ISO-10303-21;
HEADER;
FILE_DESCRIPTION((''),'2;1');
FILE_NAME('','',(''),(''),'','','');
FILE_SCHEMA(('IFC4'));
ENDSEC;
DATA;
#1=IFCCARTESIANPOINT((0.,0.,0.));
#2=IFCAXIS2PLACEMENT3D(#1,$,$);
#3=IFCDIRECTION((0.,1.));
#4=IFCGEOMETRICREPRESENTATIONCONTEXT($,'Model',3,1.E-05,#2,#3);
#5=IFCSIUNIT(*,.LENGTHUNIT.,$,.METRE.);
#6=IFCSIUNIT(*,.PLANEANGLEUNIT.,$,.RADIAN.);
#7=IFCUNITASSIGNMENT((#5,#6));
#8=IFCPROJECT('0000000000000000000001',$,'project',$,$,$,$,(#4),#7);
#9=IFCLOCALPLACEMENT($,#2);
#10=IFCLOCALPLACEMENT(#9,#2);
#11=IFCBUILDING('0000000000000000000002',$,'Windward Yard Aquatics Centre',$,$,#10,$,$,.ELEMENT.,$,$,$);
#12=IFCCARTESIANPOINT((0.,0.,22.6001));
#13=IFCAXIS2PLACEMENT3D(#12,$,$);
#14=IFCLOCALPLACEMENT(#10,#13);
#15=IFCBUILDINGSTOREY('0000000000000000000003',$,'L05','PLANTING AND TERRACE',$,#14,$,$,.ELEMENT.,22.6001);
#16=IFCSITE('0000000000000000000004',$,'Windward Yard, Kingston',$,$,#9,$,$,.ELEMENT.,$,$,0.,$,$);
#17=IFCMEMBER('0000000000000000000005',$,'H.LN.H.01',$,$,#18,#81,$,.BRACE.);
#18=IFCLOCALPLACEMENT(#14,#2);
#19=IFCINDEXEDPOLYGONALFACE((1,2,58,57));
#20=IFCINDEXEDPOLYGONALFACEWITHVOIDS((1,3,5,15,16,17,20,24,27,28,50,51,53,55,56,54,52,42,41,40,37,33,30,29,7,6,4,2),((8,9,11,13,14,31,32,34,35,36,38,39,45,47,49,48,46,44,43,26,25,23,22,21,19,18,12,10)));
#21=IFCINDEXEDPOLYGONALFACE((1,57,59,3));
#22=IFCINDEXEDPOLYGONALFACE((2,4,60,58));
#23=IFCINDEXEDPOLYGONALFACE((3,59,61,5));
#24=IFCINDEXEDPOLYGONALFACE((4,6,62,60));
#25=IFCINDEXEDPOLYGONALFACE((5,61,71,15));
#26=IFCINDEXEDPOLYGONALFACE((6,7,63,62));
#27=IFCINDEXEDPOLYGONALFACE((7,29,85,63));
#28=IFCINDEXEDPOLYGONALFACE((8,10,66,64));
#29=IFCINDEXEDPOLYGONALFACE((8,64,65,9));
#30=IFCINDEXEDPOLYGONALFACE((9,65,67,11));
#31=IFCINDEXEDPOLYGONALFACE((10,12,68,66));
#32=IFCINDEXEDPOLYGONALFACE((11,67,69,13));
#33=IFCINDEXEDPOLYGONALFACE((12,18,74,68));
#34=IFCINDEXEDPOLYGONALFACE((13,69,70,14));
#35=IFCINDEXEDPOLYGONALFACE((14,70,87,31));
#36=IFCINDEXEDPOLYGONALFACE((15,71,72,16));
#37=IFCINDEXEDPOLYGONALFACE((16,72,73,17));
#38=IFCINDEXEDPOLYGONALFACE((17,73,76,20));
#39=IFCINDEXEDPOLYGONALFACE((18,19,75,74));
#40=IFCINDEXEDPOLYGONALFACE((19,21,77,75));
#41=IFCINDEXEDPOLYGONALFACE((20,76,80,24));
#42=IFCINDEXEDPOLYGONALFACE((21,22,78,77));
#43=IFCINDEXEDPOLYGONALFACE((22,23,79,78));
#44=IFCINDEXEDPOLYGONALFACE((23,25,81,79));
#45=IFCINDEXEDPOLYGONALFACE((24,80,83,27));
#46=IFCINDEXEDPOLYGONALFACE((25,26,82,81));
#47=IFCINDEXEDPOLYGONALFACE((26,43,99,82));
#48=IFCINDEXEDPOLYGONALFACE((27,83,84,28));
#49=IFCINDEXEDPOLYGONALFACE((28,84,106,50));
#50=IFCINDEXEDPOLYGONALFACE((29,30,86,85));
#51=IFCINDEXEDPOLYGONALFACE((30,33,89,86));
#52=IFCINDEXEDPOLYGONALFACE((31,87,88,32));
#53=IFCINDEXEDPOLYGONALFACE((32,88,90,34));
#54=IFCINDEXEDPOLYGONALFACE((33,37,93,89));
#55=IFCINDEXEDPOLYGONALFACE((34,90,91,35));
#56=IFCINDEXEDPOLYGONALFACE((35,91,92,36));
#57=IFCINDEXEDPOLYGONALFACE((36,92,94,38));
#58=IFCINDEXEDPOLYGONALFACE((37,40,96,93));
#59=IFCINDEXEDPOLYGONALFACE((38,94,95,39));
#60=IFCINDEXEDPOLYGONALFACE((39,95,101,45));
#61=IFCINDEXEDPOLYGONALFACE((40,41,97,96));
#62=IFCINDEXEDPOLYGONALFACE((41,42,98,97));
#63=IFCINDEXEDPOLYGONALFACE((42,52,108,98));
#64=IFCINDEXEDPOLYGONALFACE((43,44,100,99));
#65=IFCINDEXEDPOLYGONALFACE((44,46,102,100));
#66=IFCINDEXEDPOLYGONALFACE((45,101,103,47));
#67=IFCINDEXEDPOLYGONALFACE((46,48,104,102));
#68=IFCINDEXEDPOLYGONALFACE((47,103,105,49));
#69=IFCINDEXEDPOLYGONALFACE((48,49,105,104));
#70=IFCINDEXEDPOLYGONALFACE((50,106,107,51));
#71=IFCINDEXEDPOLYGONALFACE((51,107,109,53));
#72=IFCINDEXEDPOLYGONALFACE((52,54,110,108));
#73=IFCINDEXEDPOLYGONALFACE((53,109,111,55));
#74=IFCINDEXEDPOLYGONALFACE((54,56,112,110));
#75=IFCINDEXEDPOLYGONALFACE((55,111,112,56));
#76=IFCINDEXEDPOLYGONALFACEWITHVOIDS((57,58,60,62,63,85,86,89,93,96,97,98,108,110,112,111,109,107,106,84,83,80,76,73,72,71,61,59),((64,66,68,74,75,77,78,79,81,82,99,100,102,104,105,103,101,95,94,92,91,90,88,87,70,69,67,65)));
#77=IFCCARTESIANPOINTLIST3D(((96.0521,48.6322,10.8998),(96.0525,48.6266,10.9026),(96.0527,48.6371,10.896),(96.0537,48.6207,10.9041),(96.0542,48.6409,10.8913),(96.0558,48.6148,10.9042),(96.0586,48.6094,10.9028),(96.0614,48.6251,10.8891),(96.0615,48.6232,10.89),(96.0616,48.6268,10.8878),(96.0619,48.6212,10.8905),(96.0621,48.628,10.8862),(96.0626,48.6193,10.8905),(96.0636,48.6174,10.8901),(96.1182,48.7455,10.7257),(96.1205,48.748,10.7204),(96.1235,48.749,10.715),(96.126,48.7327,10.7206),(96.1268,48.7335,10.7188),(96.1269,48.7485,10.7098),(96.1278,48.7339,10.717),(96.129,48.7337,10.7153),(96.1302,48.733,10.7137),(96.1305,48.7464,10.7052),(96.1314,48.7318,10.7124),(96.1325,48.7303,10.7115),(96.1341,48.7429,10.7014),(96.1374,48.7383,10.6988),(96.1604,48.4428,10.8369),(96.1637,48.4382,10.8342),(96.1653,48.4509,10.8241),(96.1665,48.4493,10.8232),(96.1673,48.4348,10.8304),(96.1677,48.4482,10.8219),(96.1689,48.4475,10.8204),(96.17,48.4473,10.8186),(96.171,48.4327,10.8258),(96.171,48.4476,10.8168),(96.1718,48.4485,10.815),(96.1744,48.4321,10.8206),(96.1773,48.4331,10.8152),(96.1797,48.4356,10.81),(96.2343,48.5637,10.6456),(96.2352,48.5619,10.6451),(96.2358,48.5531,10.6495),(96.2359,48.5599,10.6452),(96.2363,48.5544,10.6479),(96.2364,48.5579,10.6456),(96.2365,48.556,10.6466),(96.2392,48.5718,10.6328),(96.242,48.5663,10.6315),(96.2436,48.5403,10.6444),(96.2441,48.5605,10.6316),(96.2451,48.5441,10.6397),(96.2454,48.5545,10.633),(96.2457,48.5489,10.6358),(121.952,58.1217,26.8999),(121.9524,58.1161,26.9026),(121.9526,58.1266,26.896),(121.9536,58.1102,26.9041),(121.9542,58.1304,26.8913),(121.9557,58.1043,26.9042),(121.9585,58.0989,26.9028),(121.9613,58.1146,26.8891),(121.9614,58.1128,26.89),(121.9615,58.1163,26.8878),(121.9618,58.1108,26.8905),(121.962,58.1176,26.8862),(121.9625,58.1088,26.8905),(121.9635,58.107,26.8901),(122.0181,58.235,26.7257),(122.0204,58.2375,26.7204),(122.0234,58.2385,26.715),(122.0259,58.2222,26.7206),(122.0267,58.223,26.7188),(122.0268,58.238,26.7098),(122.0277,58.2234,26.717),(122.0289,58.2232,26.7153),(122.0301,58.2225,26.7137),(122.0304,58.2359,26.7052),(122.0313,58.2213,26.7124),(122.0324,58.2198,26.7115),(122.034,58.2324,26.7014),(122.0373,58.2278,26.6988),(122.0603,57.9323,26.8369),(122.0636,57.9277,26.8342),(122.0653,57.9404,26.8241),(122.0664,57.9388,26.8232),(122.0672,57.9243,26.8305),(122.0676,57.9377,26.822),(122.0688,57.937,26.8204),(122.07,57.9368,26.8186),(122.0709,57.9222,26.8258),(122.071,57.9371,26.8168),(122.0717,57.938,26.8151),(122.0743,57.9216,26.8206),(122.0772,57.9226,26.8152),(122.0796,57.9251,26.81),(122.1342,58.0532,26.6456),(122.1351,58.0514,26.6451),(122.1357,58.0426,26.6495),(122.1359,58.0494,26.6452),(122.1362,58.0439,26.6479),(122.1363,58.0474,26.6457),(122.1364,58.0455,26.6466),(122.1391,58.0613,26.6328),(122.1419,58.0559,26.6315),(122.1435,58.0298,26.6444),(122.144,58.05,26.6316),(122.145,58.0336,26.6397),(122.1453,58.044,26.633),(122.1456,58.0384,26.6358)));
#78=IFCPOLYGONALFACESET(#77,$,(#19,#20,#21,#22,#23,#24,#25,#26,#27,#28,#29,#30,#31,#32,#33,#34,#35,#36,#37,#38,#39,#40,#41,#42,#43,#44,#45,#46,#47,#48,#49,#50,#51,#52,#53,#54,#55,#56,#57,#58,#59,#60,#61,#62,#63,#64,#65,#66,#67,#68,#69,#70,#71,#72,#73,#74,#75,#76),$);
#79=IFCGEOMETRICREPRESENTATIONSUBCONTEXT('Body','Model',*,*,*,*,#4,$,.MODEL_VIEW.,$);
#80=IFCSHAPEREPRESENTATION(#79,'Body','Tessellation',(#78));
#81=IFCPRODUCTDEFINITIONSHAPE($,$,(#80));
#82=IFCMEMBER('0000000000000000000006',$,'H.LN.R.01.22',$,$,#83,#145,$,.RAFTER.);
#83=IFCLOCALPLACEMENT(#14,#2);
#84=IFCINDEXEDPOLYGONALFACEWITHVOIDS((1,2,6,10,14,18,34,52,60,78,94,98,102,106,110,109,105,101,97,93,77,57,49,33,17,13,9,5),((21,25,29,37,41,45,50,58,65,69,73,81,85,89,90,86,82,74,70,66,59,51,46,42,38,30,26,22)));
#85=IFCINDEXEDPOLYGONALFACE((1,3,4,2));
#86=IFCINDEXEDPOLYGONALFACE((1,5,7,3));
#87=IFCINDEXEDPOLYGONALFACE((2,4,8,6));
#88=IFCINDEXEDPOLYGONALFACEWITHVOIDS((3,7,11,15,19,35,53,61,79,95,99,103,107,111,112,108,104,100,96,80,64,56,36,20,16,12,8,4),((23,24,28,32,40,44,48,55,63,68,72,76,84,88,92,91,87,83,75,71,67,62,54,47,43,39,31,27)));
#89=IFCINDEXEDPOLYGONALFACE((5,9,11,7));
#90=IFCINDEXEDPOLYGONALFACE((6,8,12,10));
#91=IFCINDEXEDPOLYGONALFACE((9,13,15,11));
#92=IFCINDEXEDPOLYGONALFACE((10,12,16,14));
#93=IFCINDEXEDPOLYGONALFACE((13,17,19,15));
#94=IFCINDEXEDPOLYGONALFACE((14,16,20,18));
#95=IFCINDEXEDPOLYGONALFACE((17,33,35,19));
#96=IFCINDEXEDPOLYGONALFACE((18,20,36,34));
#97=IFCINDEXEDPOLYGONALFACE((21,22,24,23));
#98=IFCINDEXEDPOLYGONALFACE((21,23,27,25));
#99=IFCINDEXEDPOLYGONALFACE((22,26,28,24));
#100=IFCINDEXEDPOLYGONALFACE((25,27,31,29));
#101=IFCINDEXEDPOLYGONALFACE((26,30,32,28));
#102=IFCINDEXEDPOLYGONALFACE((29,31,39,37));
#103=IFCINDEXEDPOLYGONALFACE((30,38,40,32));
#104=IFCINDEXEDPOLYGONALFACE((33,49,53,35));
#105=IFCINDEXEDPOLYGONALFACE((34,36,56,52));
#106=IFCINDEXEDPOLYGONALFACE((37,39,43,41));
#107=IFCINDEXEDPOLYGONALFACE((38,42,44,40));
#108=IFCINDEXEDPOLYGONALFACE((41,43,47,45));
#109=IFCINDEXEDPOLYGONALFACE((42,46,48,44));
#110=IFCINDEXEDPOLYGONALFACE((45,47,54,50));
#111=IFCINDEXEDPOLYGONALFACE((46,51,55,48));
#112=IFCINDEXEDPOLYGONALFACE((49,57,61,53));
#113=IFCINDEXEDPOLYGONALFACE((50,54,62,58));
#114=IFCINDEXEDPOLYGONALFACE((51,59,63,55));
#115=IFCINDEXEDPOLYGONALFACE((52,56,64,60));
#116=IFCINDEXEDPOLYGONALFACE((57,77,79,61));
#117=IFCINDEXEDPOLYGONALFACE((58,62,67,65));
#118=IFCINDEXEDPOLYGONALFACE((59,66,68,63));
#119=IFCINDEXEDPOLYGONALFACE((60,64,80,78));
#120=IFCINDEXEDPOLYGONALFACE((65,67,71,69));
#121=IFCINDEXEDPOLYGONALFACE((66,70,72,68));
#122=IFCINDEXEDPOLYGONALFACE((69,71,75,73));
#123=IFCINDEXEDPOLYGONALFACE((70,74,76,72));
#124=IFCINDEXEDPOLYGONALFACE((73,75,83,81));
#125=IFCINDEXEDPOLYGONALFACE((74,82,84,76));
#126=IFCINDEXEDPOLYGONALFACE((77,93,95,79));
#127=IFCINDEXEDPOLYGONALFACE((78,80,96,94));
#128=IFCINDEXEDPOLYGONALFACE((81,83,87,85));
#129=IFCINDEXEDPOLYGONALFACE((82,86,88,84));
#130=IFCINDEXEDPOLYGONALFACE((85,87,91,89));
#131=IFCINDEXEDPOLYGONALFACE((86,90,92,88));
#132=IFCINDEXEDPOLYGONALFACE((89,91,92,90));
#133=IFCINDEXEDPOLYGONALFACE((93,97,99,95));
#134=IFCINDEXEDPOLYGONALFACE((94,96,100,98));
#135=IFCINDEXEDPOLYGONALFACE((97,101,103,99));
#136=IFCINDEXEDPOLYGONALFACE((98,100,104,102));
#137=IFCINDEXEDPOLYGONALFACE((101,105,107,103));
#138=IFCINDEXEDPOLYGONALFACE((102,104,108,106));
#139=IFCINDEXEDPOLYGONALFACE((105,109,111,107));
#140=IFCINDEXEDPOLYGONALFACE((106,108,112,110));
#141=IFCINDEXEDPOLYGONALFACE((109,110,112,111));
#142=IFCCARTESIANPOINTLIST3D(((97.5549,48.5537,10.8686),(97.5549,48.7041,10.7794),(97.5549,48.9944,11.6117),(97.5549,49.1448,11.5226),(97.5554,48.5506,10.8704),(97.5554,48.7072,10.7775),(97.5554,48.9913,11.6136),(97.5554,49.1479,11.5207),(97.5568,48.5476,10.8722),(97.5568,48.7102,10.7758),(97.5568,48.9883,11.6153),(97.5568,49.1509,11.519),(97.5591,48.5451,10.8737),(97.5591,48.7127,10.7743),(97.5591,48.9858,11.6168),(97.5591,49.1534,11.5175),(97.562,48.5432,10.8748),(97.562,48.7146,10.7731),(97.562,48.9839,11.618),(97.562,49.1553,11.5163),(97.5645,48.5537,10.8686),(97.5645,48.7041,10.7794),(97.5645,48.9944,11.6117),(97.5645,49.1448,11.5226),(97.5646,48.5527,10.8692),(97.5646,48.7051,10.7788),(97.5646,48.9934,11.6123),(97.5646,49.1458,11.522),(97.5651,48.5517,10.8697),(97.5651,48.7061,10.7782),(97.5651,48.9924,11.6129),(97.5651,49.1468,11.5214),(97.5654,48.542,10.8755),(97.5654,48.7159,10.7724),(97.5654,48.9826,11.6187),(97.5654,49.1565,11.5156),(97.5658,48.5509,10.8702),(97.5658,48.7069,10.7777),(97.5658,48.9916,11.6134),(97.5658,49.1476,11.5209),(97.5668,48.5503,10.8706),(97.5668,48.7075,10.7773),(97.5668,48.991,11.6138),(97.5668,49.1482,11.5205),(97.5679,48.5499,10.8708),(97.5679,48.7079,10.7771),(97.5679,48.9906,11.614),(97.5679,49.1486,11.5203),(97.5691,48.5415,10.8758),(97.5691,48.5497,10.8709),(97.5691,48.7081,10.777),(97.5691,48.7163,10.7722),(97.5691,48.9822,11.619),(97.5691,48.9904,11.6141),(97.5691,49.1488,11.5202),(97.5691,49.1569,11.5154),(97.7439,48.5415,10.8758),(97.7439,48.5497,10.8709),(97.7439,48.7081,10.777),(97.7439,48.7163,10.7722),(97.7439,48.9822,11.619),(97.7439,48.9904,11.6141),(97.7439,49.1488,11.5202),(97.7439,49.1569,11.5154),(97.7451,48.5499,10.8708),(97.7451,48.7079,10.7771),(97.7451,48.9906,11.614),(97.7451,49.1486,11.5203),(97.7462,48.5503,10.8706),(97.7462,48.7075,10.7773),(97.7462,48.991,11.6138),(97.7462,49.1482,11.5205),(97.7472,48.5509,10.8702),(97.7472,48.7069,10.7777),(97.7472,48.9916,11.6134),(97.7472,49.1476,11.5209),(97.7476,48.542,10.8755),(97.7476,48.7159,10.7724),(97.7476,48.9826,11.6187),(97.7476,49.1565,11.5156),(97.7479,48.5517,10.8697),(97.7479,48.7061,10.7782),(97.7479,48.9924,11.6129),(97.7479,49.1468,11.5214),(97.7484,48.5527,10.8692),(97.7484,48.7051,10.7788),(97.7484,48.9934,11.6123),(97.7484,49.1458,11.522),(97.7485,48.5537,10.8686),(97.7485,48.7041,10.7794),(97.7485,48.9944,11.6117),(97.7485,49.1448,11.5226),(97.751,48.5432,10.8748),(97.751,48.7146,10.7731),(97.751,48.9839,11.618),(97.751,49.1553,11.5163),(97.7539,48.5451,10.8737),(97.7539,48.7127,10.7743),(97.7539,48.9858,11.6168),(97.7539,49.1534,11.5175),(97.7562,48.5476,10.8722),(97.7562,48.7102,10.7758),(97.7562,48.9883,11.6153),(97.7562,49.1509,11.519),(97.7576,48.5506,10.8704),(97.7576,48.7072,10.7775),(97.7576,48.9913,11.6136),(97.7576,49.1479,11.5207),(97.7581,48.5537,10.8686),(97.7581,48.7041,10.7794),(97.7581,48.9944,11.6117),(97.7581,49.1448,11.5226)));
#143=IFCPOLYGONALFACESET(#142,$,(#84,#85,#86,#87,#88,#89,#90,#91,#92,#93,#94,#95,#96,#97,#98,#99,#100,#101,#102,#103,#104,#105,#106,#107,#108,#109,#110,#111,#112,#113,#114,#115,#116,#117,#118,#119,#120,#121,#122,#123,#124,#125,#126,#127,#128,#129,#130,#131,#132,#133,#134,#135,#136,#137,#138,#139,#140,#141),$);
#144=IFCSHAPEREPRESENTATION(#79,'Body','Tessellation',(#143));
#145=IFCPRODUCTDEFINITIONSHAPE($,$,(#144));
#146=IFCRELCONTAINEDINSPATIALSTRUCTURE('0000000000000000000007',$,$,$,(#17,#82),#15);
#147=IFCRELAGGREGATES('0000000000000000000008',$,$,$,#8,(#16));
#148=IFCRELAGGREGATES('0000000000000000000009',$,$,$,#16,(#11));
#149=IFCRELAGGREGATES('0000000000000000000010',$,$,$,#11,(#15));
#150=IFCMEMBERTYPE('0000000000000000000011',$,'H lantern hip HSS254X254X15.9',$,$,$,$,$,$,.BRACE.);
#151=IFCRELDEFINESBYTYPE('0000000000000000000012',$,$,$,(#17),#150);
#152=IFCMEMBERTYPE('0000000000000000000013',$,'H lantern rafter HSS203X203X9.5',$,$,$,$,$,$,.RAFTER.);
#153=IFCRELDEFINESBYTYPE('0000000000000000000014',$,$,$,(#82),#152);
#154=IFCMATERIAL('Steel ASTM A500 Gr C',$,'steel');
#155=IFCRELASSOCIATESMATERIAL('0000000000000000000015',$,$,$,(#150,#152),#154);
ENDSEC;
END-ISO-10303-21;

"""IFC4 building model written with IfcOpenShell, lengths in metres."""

from ifc_helpers import new_model, si_unit, direction, frame, origin, origin_2d, place, context, subcontext, project, spatial, hollow_rectangle, extrude, material, material_profile, profile_set, type_object, element, save


model = new_model("IFC4")

# Units and contexts
model_context = context("Model", 3, precision=1e-05, world=origin(), true_north=direction((0.0, 1.0)))
body_context = subcontext(model_context, "Body", "Model", "MODEL_VIEW")
ifc_project = project(units=[si_unit("LENGTHUNIT", "METRE"), si_unit("PLANEANGLEUNIT", "RADIAN")], contexts=[model_context])

# Site, building, storey
site_placement = place(None, origin())
site = spatial("IfcSite", under=ifc_project, at=site_placement, Name="Windward Yard, Kingston", CompositionType="ELEMENT", RefElevation=0.0)
building_placement = place(site_placement, origin())
building = spatial("IfcBuilding", under=site, at=building_placement, Name="Windward Yard Aquatics Centre", CompositionType="ELEMENT")
storey_placement = place(building_placement, frame((0.0, 0.0, 22.6001)))
storey = spatial("IfcBuildingStorey", under=building, at=storey_placement, Name="L05", Description="PLANTING AND TERRACE", CompositionType="ELEMENT", Elevation=22.6001)

# Shared definitions
ifc_material_1 = material(Name="Steel ASTM A500 Gr C", Category="steel")

# Members
ifc_material_profile_1 = material_profile(ifc_material_1, hollow_rectangle(XDim=0.2539, YDim=0.2539, WallThickness=0.0159, InnerFilletRadius=0.0081, OuterFilletRadius=0.0239, at=origin_2d()), Name="HSS254X254X15.9")
ifc_profile_set_1 = profile_set([ifc_material_profile_1], Name="Steel ASTM A500 Gr C")
member_type_1 = type_object("IfcMemberType", Name="H lantern hip HSS254X254X15.9", PredefinedType="BRACE", material=ifc_profile_set_1)
member_1_placement = place(storey_placement, frame((96.1489, 48.5906, 10.7678), z_axis=(0.81221, 0.297587, 0.501753), x_axis=(-0.493967, 0.808392, 0.320155)))
element("IfcMember", 1, at=member_1_placement, inside=storey, type_object=member_type_1, Name="H.LN.H.01", PredefinedType="BRACE", context=body_context, shape_type="SweptSolid", body=[
    extrude(hollow_rectangle(XDim=0.2539, YDim=0.2539, WallThickness=0.0159, InnerFilletRadius=0.0081, OuterFilletRadius=0.0239, at=origin_2d()), origin(), (0.0, 0.0, 1.0), 31.8882),
])
ifc_material_profile_2 = material_profile(ifc_material_1, hollow_rectangle(XDim=0.2031, YDim=0.2031, WallThickness=0.0095, InnerFilletRadius=0.0046, OuterFilletRadius=0.0142, at=origin_2d()), Name="HSS203X203X9.5")
ifc_profile_set_2 = profile_set([ifc_material_profile_2], Name="Steel ASTM A500 Gr C")
member_type_2 = type_object("IfcMemberType", Name="H lantern rafter HSS203X203X9.5", PredefinedType="RAFTER", material=ifc_profile_set_2)
member_2_placement = place(storey_placement, frame((97.6565, 48.6289, 10.824), z_axis=(0.0, 0.510042, 0.860149), x_axis=(-1.0, 0.0, 0.0)))
element("IfcMember", 2, at=member_2_placement, inside=storey, type_object=member_type_2, Name="H.LN.R.01.22", PredefinedType="RAFTER", context=body_context, shape_type="SweptSolid", body=[
    extrude(hollow_rectangle(XDim=0.2031, YDim=0.2031, WallThickness=0.0095, InnerFilletRadius=0.0046, OuterFilletRadius=0.0142, at=origin_2d()), origin(), (0.0, 0.0, 1.0), 0.864),
])

save(model, "model.ifc")
